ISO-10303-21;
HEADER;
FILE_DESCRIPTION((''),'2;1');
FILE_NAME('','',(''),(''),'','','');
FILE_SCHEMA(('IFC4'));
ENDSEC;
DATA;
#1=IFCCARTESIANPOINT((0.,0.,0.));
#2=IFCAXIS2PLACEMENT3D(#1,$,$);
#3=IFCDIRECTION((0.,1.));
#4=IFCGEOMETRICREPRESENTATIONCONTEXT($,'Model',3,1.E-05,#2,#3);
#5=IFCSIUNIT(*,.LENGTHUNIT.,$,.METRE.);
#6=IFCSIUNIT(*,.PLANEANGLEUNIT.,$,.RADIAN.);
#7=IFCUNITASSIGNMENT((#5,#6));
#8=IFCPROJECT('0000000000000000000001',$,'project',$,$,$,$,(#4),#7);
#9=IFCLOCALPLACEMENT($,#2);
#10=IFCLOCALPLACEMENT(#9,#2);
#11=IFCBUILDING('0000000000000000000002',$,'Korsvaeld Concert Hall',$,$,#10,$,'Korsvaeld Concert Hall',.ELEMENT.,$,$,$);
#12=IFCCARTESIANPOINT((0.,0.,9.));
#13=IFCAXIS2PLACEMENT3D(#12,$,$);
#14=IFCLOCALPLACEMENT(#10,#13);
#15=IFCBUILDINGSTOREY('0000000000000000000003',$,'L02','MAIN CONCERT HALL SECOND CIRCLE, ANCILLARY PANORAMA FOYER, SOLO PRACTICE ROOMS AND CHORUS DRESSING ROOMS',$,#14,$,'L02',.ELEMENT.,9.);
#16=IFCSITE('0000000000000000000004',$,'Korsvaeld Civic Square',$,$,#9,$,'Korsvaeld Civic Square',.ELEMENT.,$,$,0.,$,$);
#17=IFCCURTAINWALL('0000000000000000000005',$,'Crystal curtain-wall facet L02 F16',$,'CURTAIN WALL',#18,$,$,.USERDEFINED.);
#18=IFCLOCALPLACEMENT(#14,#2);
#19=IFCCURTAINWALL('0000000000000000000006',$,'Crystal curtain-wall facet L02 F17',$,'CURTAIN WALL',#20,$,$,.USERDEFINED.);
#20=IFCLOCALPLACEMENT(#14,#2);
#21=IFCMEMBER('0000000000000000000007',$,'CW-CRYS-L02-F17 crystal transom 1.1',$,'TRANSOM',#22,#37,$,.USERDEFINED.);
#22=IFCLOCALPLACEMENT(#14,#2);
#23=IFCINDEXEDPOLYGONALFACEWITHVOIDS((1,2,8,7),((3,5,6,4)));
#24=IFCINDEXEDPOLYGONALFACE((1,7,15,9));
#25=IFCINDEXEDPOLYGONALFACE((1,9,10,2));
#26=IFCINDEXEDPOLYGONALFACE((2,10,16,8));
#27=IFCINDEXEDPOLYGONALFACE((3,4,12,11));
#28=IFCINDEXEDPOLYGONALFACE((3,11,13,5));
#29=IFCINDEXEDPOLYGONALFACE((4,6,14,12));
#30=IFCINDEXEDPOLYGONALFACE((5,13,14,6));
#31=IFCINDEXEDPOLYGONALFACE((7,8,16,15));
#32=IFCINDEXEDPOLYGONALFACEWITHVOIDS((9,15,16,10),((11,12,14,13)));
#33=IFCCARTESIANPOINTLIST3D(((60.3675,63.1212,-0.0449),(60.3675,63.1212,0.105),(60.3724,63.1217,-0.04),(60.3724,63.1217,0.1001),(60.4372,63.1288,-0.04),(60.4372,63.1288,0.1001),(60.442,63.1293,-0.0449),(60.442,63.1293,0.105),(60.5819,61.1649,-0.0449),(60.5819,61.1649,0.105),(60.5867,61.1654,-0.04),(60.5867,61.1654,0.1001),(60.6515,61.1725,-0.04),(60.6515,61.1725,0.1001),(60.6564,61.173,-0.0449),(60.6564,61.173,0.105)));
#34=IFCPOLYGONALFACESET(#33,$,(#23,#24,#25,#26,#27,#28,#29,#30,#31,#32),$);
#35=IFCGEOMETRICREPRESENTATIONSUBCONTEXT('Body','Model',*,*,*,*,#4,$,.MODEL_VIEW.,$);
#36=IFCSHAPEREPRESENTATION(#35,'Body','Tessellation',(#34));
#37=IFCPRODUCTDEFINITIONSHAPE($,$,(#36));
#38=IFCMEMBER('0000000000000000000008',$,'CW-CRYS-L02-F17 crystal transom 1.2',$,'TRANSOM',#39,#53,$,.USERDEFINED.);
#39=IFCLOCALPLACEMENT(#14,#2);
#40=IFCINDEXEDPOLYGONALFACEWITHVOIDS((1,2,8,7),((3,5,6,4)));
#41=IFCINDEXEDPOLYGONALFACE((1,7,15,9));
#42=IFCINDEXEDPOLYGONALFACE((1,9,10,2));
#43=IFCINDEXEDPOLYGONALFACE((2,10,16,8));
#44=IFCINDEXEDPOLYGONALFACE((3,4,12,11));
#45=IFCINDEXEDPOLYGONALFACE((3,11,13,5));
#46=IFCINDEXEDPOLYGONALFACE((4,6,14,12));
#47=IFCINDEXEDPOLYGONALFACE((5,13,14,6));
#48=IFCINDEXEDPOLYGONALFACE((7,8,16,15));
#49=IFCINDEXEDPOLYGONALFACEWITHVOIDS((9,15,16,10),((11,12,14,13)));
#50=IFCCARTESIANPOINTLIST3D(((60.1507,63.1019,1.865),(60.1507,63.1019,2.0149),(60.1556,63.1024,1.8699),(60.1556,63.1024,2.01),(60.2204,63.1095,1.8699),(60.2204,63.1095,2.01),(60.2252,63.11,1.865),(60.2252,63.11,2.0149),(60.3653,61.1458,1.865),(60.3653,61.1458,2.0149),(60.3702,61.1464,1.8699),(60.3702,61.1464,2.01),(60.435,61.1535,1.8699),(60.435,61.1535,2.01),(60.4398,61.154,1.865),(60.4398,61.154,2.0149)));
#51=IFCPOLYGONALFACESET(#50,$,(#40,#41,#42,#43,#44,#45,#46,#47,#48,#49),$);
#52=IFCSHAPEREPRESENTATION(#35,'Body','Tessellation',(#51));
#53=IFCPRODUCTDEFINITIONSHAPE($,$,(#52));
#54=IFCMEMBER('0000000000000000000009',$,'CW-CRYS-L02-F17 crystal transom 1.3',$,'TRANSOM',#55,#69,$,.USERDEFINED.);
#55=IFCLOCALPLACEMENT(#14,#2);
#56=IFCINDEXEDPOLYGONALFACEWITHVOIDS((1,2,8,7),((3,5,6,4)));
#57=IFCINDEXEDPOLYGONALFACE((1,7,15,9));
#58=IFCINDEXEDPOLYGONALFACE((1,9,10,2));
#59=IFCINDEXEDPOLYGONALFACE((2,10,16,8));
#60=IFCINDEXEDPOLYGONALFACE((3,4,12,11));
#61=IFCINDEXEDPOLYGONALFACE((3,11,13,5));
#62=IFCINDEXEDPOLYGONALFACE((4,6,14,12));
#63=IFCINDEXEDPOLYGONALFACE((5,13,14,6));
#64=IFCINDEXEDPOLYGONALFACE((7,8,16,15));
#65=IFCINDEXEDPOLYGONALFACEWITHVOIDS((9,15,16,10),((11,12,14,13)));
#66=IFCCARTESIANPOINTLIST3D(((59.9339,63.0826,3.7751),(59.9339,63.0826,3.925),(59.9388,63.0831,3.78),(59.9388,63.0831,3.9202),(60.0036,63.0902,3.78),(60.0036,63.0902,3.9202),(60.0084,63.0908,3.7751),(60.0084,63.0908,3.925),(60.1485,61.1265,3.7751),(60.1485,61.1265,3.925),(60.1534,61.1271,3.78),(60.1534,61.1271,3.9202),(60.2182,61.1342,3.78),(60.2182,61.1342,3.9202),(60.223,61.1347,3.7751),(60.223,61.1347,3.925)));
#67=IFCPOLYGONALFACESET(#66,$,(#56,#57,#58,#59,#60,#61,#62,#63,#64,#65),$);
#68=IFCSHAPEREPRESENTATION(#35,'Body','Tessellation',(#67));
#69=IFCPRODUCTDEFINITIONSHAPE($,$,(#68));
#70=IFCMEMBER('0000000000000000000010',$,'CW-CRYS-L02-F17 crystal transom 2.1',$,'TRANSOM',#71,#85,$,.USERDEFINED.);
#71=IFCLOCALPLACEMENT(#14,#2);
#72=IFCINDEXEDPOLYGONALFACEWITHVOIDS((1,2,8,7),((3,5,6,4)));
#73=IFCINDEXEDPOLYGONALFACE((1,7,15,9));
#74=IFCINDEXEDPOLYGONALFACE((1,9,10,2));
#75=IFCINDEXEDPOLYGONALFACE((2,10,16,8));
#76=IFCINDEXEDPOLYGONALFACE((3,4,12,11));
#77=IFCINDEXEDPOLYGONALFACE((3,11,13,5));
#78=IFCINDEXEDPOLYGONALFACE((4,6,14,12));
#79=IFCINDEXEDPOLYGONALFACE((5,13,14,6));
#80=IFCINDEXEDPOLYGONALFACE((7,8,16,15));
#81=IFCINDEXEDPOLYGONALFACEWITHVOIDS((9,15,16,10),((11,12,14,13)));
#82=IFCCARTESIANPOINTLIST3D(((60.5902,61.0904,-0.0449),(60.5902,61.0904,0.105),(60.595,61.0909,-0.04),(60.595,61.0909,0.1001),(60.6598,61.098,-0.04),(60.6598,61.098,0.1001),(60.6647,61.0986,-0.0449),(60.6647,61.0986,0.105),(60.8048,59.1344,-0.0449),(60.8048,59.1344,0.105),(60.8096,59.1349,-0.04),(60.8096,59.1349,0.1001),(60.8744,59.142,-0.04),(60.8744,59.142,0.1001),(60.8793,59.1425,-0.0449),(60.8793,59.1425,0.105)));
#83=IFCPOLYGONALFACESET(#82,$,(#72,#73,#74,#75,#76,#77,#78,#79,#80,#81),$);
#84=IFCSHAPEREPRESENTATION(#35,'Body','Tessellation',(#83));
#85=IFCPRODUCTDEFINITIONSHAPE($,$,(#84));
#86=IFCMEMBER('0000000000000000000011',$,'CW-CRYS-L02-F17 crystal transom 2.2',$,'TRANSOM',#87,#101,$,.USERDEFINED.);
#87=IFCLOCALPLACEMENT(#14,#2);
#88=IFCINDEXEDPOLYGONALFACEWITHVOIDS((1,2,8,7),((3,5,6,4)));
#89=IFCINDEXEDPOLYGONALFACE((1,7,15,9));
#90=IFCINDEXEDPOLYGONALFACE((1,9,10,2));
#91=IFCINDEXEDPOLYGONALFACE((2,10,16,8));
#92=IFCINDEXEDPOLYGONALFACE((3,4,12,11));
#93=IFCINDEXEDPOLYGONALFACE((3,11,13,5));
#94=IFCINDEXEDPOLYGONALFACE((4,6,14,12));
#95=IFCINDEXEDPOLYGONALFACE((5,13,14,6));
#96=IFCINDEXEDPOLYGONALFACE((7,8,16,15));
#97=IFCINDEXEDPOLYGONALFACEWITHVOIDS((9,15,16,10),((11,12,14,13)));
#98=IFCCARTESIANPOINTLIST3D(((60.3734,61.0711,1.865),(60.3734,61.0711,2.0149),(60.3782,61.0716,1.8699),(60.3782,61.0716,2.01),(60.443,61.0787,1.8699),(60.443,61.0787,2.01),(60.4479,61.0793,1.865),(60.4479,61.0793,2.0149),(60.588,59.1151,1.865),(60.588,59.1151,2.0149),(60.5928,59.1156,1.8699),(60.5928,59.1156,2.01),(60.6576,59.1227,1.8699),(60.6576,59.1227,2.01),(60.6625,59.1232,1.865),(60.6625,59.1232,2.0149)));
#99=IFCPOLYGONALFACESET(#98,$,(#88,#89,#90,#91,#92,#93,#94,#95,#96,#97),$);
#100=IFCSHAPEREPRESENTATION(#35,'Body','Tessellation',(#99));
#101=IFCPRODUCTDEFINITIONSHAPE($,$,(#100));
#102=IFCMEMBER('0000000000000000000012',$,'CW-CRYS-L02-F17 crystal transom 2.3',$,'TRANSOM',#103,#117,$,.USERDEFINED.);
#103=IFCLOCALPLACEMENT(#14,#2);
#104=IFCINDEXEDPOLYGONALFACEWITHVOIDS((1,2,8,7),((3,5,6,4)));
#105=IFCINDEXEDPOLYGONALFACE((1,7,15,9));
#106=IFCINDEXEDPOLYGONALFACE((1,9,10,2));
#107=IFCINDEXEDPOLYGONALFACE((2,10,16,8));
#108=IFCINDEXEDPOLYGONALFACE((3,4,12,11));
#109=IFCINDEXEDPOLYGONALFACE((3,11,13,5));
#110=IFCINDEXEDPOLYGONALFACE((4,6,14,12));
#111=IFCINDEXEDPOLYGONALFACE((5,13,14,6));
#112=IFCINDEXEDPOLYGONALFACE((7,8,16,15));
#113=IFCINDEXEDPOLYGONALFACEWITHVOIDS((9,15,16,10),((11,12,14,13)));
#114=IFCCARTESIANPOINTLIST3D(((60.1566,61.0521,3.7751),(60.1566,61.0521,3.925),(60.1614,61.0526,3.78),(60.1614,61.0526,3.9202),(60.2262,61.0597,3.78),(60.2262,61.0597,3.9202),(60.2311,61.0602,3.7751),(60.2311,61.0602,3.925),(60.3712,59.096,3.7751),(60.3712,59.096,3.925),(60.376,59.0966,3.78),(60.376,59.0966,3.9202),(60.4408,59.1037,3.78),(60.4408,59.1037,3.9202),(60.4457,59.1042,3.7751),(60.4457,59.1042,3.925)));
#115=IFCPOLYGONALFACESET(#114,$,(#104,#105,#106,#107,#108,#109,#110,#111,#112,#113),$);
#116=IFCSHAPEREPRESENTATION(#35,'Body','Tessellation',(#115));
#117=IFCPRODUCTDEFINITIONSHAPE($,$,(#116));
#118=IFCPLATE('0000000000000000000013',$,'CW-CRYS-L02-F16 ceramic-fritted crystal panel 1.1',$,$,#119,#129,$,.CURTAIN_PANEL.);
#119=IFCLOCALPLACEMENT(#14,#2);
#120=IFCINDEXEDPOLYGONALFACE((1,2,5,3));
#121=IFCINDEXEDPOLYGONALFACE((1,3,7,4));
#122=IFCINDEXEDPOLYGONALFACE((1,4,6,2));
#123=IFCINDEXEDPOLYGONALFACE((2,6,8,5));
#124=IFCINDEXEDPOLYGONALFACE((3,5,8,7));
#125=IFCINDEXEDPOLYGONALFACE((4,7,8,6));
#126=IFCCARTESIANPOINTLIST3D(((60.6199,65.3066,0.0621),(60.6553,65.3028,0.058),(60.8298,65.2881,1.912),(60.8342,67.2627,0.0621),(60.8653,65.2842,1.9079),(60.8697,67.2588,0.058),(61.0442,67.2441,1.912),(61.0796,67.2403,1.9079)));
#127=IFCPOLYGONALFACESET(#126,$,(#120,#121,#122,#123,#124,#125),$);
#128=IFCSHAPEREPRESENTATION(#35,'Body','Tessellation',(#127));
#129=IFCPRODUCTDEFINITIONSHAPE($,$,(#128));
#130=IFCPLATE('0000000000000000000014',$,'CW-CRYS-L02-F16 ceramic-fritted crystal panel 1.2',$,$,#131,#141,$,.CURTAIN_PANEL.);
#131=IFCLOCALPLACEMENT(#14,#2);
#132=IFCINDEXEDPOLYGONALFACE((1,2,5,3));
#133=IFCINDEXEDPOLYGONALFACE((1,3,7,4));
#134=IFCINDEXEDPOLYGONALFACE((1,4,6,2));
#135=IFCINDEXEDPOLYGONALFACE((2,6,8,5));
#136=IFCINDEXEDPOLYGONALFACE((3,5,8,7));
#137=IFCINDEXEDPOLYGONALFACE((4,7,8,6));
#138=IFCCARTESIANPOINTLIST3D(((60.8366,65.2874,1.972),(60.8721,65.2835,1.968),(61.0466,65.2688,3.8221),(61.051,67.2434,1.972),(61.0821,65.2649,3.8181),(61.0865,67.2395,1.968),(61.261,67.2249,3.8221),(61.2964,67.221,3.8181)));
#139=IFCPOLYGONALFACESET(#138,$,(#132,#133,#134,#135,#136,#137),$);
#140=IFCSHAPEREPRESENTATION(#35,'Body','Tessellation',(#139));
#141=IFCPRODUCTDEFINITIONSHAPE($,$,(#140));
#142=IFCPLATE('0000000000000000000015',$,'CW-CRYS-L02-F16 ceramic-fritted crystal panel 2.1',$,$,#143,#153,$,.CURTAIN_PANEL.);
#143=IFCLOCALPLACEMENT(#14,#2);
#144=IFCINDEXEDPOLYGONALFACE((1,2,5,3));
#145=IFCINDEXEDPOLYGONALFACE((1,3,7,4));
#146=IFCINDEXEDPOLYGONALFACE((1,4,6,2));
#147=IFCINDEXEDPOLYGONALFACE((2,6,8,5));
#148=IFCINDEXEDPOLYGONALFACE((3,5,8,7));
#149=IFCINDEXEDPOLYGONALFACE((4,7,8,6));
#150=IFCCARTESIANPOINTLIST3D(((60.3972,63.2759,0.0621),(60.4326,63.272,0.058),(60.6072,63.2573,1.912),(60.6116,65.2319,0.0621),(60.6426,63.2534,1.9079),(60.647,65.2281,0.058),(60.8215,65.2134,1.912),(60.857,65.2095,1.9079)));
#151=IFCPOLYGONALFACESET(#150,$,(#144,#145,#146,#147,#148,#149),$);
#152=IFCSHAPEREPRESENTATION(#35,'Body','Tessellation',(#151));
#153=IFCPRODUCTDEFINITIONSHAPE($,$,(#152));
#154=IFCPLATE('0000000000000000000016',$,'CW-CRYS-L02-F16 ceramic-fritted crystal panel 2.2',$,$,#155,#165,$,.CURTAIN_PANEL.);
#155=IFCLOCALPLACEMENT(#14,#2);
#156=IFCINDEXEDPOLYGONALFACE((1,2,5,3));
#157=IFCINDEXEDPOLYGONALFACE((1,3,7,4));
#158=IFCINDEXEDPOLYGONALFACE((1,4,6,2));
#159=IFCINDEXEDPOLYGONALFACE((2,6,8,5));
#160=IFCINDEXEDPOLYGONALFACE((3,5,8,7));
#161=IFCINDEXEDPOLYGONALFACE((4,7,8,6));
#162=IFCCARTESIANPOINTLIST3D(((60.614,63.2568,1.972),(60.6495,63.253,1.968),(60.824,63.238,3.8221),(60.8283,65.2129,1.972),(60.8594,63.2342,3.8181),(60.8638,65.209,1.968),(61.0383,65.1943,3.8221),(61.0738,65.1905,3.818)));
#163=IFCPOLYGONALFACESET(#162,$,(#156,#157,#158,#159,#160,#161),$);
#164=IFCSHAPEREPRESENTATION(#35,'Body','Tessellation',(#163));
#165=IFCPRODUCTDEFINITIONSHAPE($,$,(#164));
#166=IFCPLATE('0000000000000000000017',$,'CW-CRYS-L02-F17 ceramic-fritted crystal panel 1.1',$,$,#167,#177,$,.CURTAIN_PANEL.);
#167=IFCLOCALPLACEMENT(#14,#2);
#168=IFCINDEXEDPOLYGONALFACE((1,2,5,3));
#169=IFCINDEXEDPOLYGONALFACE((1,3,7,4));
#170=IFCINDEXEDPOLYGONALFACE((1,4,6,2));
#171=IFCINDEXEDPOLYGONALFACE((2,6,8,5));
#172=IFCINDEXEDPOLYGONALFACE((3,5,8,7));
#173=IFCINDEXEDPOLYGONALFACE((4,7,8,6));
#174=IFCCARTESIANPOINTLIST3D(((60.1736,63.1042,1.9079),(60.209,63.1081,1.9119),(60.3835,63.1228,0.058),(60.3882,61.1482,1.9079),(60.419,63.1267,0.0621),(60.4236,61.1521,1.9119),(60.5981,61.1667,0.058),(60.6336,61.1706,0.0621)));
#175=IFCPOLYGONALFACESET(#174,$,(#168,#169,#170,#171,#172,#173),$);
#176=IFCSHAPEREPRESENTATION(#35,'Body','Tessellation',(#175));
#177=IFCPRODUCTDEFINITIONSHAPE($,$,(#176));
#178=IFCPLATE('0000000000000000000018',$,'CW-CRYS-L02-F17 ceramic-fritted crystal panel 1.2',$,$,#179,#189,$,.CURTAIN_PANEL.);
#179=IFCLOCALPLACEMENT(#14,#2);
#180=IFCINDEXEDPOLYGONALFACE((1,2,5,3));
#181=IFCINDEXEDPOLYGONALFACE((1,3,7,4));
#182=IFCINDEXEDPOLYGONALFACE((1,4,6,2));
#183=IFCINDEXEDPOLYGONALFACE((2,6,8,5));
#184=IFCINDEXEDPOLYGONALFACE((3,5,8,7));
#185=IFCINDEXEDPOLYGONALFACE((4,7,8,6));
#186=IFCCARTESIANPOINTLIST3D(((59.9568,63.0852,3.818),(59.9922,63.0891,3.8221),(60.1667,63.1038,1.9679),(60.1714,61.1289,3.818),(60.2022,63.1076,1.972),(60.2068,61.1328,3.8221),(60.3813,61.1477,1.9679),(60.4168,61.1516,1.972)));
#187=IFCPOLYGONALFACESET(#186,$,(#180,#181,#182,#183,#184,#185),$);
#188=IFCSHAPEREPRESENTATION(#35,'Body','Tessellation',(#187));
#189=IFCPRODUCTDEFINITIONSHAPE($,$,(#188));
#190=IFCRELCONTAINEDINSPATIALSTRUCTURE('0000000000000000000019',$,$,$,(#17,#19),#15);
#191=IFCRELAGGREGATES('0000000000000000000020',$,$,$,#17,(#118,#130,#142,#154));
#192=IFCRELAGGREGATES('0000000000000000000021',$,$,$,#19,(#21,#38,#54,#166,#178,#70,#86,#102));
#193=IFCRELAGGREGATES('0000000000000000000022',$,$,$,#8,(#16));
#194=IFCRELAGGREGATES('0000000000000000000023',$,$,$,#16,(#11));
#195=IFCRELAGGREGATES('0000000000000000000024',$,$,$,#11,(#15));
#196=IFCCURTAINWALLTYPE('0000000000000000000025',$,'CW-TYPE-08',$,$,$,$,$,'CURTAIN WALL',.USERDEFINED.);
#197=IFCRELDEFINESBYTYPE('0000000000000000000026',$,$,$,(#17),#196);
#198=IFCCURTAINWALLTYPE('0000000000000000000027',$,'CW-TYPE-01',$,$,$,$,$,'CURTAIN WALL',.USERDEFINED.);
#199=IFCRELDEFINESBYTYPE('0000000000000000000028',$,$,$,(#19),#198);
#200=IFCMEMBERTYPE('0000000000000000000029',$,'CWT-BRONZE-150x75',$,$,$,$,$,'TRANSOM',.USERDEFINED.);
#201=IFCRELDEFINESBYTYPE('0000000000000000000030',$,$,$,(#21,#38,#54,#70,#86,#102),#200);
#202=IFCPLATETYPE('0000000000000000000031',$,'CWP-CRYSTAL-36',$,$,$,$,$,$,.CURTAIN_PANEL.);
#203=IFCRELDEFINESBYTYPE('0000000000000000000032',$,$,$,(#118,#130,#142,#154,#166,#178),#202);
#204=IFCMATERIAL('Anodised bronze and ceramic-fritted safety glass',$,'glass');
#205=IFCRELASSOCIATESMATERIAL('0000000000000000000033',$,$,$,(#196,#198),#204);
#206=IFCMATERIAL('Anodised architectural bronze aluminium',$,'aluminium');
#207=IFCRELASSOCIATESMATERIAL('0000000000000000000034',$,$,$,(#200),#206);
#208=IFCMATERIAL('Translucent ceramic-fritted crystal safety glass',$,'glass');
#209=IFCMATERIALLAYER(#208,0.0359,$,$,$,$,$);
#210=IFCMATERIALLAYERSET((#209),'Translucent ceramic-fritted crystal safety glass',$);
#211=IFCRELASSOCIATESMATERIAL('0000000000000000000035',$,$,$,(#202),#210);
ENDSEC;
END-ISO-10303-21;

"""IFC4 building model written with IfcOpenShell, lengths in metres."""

from ifc_helpers import new_model, si_unit, direction, frame, origin, origin_2d, place, context, subcontext, project, spatial, polyline, hollow_rectangle, outline, extrude, material, layer, layer_set, material_profile, profile_set, type_object, element, aggregate, save


model = new_model("IFC4")

# Units and contexts
model_context = context("Model", 3, precision=1e-05, world=origin(), true_north=direction((0.0, 1.0)))
body_context = subcontext(model_context, "Body", "Model", "MODEL_VIEW")
ifc_project = project(units=[si_unit("LENGTHUNIT", "METRE"), si_unit("PLANEANGLEUNIT", "RADIAN")], contexts=[model_context])

# Site, building, storey
site_placement = place(None, origin())
site = spatial("IfcSite", under=ifc_project, at=site_placement, Name="Korsvaeld Civic Square", LongName="Korsvaeld Civic Square", CompositionType="ELEMENT", RefElevation=0.0)
building_placement = place(site_placement, origin())
building = spatial("IfcBuilding", under=site, at=building_placement, Name="Korsvaeld Concert Hall", LongName="Korsvaeld Concert Hall", CompositionType="ELEMENT")
storey_placement = place(building_placement, frame((0.0, 0.0, 9.0)))
storey = spatial("IfcBuildingStorey", under=building, at=storey_placement, Name="L02", Description="MAIN CONCERT HALL SECOND CIRCLE, ANCILLARY PANORAMA FOYER, SOLO PRACTICE ROOMS AND CHORUS DRESSING ROOMS", LongName="L02", CompositionType="ELEMENT", Elevation=9.0)

# Curtain walls
ifc_material_1 = material(Name="Anodised bronze and ceramic-fritted safety glass", Category="glass")
curtain_wall_type_1 = type_object("IfcCurtainWallType", Name="CW-TYPE-08", ElementType="CURTAIN WALL", PredefinedType="USERDEFINED", material=ifc_material_1)
curtain_wall_1_placement = place(storey_placement, origin())
curtain_wall_1 = element("IfcCurtainWall", 1, at=curtain_wall_1_placement, inside=storey, type_object=curtain_wall_type_1, Name="Crystal curtain-wall facet L02 F16", ObjectType="CURTAIN WALL", PredefinedType="USERDEFINED")
ifc_material_2 = material(Name="Anodised architectural bronze aluminium", Category="aluminium")
curtain_wall_type_2 = type_object("IfcCurtainWallType", Name="CW-TYPE-01", ElementType="CURTAIN WALL", PredefinedType="USERDEFINED", material=ifc_material_1)
curtain_wall_2_placement = place(storey_placement, origin())
curtain_wall_2 = element("IfcCurtainWall", 2, at=curtain_wall_2_placement, inside=storey, type_object=curtain_wall_type_2, Name="Crystal curtain-wall facet L02 F17", ObjectType="CURTAIN WALL", PredefinedType="USERDEFINED")

# Members
ifc_material_profile_1 = material_profile(ifc_material_2, hollow_rectangle(XDim=0.075, YDim=0.1499, WallThickness=0.0049, at=origin_2d()), Name="CWT 150x75x5")
ifc_profile_set_1 = profile_set([ifc_material_profile_1], Name="Anodised architectural bronze aluminium")
member_type_1 = type_object("IfcMemberType", Name="CWT-BRONZE-150x75", ElementType="TRANSOM", PredefinedType="USERDEFINED", material=ifc_profile_set_1)
member_1_placement = place(storey_placement, frame((60.4048, 63.1252, 0.03), z_axis=(0.10892, -0.994051, 0.0), x_axis=(0.994051, 0.10892, 0.0)))
member_1 = element("IfcMember", 3, at=member_1_placement, type_object=member_type_1, Name="CW-CRYS-L02-F17 crystal transom 1.1", ObjectType="TRANSOM", PredefinedType="USERDEFINED", context=body_context, shape_type="SweptSolid", body=[
    extrude(hollow_rectangle(XDim=0.075, YDim=0.1499, WallThickness=0.0049, at=origin_2d()), origin(), (0.0, 0.0, 1.0), 1.968),
])
member_2_placement = place(storey_placement, frame((60.188, 63.106, 1.9399), z_axis=(0.109056, -0.994036, 0.0), x_axis=(0.994036, 0.109056, 0.0)))
member_2 = element("IfcMember", 4, at=member_2_placement, type_object=member_type_1, Name="CW-CRYS-L02-F17 crystal transom 1.2", ObjectType="TRANSOM", PredefinedType="USERDEFINED", context=body_context, shape_type="SweptSolid", body=[
    extrude(hollow_rectangle(XDim=0.075, YDim=0.1499, WallThickness=0.0049, at=origin_2d()), origin(), (0.0, 0.0, 1.0), 1.9678),
])
member_3_placement = place(storey_placement, frame((59.9712, 63.0867, 3.8501), z_axis=(0.109056, -0.994036, 0.0), x_axis=(0.994036, 0.109056, 0.0)))
member_3 = element("IfcMember", 5, at=member_3_placement, type_object=member_type_1, Name="CW-CRYS-L02-F17 crystal transom 1.3", ObjectType="TRANSOM", PredefinedType="USERDEFINED", context=body_context, shape_type="SweptSolid", body=[
    extrude(hollow_rectangle(XDim=0.075, YDim=0.1499, WallThickness=0.0049, at=origin_2d()), origin(), (0.0, 0.0, 1.0), 1.9678),
])
member_4_placement = place(storey_placement, frame((60.6274, 61.0945, 0.03), z_axis=(0.109056, -0.994036, 0.0), x_axis=(0.994036, 0.109056, 0.0)))
member_4 = element("IfcMember", 6, at=member_4_placement, type_object=member_type_1, Name="CW-CRYS-L02-F17 crystal transom 2.1", ObjectType="TRANSOM", PredefinedType="USERDEFINED", context=body_context, shape_type="SweptSolid", body=[
    extrude(hollow_rectangle(XDim=0.075, YDim=0.1499, WallThickness=0.0049, at=origin_2d()), origin(), (0.0, 0.0, 1.0), 1.9678),
])
member_5_placement = place(storey_placement, frame((60.4106, 61.0752, 1.9399), z_axis=(0.109056, -0.994036, 0.0), x_axis=(0.994036, 0.109056, 0.0)))
member_5 = element("IfcMember", 7, at=member_5_placement, type_object=member_type_1, Name="CW-CRYS-L02-F17 crystal transom 2.2", ObjectType="TRANSOM", PredefinedType="USERDEFINED", context=body_context, shape_type="SweptSolid", body=[
    extrude(hollow_rectangle(XDim=0.075, YDim=0.1499, WallThickness=0.0049, at=origin_2d()), origin(), (0.0, 0.0, 1.0), 1.9678),
])
member_6_placement = place(storey_placement, frame((60.1938, 61.0562, 3.8501), z_axis=(0.109056, -0.994036, 0.0), x_axis=(0.994036, 0.109056, 0.0)))
member_6 = element("IfcMember", 8, at=member_6_placement, type_object=member_type_1, Name="CW-CRYS-L02-F17 crystal transom 2.3", ObjectType="TRANSOM", PredefinedType="USERDEFINED", context=body_context, shape_type="SweptSolid", body=[
    extrude(hollow_rectangle(XDim=0.075, YDim=0.1499, WallThickness=0.0049, at=origin_2d()), origin(), (0.0, 0.0, 1.0), 1.9678),
])

# Plates
ifc_material_3 = material(Name="Translucent ceramic-fritted crystal safety glass", Category="glass")
ifc_layer = layer(ifc_material_3, 0.0359)
ifc_layer_set = layer_set([ifc_layer], Name="Translucent ceramic-fritted crystal safety glass")
plate_type = type_object("IfcPlateType", Name="CWP-CRYSTAL-36", PredefinedType="CURTAIN_PANEL", material=ifc_layer_set)
plate_1_placement = place(storey_placement, frame((60.8521, 67.2607, 0.0601), z_axis=(-0.987661, 0.108233, 0.113187), x_axis=(-0.108933, -0.994049, 0.0)))
plate_1 = element("IfcPlate", 9, at=plate_1_placement, type_object=plate_type, Name="CW-CRYS-L02-F16 ceramic-fritted crystal panel 1.1", PredefinedType="CURTAIN_PANEL", context=body_context, shape_type="SweptSolid", body=[
    extrude(outline(polyline([(0.0, 0.0), (1.9678, 0.0), (1.9633, 1.8618), (-0.0044, 1.8618), (0.0, 0.0)])), frame((0.0, 0.0, 0.0181)), (0.0, 0.0, -1.0), 0.0359),
])
plate_2_placement = place(storey_placement, frame((61.0688, 67.2415, 1.97), z_axis=(-0.987663, 0.108234, 0.113172), x_axis=(-0.108933, -0.994049, 0.0)))
plate_2 = element("IfcPlate", 10, at=plate_2_placement, type_object=plate_type, Name="CW-CRYS-L02-F16 ceramic-fritted crystal panel 1.2", PredefinedType="CURTAIN_PANEL", context=body_context, shape_type="SweptSolid", body=[
    extrude(outline(polyline([(0.0, 0.0), (1.9678, 0.0), (1.9633, 1.8621), (-0.0044, 1.8621), (0.0, 0.0)])), frame((0.0, 0.0, 0.0181)), (0.0, 0.0, -1.0), 0.0359),
])
plate_3_placement = place(storey_placement, frame((60.6294, 65.23, 0.0601), z_axis=(-0.987661, 0.108233, 0.113187), x_axis=(-0.108933, -0.994049, 0.0)))
plate_3 = element("IfcPlate", 11, at=plate_3_placement, type_object=plate_type, Name="CW-CRYS-L02-F16 ceramic-fritted crystal panel 2.1", PredefinedType="CURTAIN_PANEL", context=body_context, shape_type="SweptSolid", body=[
    extrude(outline(polyline([(0.0, 0.0), (1.9678, 0.0), (1.9633, 1.8618), (-0.0044, 1.8618), (0.0, 0.0)])), frame((0.0, 0.0, 0.0181)), (0.0, 0.0, -1.0), 0.0359),
])
plate_4_placement = place(storey_placement, frame((60.8462, 65.2109, 1.97), z_axis=(-0.987663, 0.108227, 0.113179), x_axis=(-0.108927, -0.99405, -0.000001)))
plate_4 = element("IfcPlate", 12, at=plate_4_placement, type_object=plate_type, Name="CW-CRYS-L02-F16 ceramic-fritted crystal panel 2.2", PredefinedType="CURTAIN_PANEL", context=body_context, shape_type="SweptSolid", body=[
    extrude(outline(polyline([(0.0, 0.0), (1.9678, 0.0), (1.9636, 1.8621), (-0.0044, 1.8621), (0.0, 0.0)])), frame((0.0, 0.0, 0.0181)), (0.0, 0.0, -1.0), 0.0359),
])
aggregate(curtain_wall_1, [plate_1, plate_2, plate_3, plate_4])
plate_5_placement = place(storey_placement, frame((60.4014, 63.1248, 0.0601), z_axis=(-0.987648, -0.108355, -0.113186), x_axis=(0.109056, -0.994036, 0.0)))
plate_5 = element("IfcPlate", 13, at=plate_5_placement, type_object=plate_type, Name="CW-CRYS-L02-F17 ceramic-fritted crystal panel 1.1", PredefinedType="CURTAIN_PANEL", context=body_context, shape_type="SweptSolid", body=[
    extrude(outline(polyline([(0.0, 0.0), (1.9678, 0.0), (1.9633, 1.8618), (-0.0045, 1.8618), (0.0, 0.0)])), frame((0.0, 0.0, 0.0181)), (0.0, 0.0, -1.0), 0.0359),
])
plate_6_placement = place(storey_placement, frame((60.1846, 63.1057, 1.97), z_axis=(-0.987649, -0.108349, -0.113179), x_axis=(0.109049, -0.994036, -0.000001)))
plate_6 = element("IfcPlate", 14, at=plate_6_placement, type_object=plate_type, Name="CW-CRYS-L02-F17 ceramic-fritted crystal panel 1.2", PredefinedType="CURTAIN_PANEL", context=body_context, shape_type="SweptSolid", body=[
    extrude(outline(polyline([(0.0, 0.0), (1.9678, 0.0), (1.9636, 1.8621), (-0.0045, 1.8621), (0.0, 0.0)])), frame((0.0, 0.0, 0.0181)), (0.0, 0.0, -1.0), 0.0359),
])
aggregate(curtain_wall_2, [member_1, member_2, member_3, plate_5, plate_6, member_4, member_5, member_6])

save(model, "model.ifc")
